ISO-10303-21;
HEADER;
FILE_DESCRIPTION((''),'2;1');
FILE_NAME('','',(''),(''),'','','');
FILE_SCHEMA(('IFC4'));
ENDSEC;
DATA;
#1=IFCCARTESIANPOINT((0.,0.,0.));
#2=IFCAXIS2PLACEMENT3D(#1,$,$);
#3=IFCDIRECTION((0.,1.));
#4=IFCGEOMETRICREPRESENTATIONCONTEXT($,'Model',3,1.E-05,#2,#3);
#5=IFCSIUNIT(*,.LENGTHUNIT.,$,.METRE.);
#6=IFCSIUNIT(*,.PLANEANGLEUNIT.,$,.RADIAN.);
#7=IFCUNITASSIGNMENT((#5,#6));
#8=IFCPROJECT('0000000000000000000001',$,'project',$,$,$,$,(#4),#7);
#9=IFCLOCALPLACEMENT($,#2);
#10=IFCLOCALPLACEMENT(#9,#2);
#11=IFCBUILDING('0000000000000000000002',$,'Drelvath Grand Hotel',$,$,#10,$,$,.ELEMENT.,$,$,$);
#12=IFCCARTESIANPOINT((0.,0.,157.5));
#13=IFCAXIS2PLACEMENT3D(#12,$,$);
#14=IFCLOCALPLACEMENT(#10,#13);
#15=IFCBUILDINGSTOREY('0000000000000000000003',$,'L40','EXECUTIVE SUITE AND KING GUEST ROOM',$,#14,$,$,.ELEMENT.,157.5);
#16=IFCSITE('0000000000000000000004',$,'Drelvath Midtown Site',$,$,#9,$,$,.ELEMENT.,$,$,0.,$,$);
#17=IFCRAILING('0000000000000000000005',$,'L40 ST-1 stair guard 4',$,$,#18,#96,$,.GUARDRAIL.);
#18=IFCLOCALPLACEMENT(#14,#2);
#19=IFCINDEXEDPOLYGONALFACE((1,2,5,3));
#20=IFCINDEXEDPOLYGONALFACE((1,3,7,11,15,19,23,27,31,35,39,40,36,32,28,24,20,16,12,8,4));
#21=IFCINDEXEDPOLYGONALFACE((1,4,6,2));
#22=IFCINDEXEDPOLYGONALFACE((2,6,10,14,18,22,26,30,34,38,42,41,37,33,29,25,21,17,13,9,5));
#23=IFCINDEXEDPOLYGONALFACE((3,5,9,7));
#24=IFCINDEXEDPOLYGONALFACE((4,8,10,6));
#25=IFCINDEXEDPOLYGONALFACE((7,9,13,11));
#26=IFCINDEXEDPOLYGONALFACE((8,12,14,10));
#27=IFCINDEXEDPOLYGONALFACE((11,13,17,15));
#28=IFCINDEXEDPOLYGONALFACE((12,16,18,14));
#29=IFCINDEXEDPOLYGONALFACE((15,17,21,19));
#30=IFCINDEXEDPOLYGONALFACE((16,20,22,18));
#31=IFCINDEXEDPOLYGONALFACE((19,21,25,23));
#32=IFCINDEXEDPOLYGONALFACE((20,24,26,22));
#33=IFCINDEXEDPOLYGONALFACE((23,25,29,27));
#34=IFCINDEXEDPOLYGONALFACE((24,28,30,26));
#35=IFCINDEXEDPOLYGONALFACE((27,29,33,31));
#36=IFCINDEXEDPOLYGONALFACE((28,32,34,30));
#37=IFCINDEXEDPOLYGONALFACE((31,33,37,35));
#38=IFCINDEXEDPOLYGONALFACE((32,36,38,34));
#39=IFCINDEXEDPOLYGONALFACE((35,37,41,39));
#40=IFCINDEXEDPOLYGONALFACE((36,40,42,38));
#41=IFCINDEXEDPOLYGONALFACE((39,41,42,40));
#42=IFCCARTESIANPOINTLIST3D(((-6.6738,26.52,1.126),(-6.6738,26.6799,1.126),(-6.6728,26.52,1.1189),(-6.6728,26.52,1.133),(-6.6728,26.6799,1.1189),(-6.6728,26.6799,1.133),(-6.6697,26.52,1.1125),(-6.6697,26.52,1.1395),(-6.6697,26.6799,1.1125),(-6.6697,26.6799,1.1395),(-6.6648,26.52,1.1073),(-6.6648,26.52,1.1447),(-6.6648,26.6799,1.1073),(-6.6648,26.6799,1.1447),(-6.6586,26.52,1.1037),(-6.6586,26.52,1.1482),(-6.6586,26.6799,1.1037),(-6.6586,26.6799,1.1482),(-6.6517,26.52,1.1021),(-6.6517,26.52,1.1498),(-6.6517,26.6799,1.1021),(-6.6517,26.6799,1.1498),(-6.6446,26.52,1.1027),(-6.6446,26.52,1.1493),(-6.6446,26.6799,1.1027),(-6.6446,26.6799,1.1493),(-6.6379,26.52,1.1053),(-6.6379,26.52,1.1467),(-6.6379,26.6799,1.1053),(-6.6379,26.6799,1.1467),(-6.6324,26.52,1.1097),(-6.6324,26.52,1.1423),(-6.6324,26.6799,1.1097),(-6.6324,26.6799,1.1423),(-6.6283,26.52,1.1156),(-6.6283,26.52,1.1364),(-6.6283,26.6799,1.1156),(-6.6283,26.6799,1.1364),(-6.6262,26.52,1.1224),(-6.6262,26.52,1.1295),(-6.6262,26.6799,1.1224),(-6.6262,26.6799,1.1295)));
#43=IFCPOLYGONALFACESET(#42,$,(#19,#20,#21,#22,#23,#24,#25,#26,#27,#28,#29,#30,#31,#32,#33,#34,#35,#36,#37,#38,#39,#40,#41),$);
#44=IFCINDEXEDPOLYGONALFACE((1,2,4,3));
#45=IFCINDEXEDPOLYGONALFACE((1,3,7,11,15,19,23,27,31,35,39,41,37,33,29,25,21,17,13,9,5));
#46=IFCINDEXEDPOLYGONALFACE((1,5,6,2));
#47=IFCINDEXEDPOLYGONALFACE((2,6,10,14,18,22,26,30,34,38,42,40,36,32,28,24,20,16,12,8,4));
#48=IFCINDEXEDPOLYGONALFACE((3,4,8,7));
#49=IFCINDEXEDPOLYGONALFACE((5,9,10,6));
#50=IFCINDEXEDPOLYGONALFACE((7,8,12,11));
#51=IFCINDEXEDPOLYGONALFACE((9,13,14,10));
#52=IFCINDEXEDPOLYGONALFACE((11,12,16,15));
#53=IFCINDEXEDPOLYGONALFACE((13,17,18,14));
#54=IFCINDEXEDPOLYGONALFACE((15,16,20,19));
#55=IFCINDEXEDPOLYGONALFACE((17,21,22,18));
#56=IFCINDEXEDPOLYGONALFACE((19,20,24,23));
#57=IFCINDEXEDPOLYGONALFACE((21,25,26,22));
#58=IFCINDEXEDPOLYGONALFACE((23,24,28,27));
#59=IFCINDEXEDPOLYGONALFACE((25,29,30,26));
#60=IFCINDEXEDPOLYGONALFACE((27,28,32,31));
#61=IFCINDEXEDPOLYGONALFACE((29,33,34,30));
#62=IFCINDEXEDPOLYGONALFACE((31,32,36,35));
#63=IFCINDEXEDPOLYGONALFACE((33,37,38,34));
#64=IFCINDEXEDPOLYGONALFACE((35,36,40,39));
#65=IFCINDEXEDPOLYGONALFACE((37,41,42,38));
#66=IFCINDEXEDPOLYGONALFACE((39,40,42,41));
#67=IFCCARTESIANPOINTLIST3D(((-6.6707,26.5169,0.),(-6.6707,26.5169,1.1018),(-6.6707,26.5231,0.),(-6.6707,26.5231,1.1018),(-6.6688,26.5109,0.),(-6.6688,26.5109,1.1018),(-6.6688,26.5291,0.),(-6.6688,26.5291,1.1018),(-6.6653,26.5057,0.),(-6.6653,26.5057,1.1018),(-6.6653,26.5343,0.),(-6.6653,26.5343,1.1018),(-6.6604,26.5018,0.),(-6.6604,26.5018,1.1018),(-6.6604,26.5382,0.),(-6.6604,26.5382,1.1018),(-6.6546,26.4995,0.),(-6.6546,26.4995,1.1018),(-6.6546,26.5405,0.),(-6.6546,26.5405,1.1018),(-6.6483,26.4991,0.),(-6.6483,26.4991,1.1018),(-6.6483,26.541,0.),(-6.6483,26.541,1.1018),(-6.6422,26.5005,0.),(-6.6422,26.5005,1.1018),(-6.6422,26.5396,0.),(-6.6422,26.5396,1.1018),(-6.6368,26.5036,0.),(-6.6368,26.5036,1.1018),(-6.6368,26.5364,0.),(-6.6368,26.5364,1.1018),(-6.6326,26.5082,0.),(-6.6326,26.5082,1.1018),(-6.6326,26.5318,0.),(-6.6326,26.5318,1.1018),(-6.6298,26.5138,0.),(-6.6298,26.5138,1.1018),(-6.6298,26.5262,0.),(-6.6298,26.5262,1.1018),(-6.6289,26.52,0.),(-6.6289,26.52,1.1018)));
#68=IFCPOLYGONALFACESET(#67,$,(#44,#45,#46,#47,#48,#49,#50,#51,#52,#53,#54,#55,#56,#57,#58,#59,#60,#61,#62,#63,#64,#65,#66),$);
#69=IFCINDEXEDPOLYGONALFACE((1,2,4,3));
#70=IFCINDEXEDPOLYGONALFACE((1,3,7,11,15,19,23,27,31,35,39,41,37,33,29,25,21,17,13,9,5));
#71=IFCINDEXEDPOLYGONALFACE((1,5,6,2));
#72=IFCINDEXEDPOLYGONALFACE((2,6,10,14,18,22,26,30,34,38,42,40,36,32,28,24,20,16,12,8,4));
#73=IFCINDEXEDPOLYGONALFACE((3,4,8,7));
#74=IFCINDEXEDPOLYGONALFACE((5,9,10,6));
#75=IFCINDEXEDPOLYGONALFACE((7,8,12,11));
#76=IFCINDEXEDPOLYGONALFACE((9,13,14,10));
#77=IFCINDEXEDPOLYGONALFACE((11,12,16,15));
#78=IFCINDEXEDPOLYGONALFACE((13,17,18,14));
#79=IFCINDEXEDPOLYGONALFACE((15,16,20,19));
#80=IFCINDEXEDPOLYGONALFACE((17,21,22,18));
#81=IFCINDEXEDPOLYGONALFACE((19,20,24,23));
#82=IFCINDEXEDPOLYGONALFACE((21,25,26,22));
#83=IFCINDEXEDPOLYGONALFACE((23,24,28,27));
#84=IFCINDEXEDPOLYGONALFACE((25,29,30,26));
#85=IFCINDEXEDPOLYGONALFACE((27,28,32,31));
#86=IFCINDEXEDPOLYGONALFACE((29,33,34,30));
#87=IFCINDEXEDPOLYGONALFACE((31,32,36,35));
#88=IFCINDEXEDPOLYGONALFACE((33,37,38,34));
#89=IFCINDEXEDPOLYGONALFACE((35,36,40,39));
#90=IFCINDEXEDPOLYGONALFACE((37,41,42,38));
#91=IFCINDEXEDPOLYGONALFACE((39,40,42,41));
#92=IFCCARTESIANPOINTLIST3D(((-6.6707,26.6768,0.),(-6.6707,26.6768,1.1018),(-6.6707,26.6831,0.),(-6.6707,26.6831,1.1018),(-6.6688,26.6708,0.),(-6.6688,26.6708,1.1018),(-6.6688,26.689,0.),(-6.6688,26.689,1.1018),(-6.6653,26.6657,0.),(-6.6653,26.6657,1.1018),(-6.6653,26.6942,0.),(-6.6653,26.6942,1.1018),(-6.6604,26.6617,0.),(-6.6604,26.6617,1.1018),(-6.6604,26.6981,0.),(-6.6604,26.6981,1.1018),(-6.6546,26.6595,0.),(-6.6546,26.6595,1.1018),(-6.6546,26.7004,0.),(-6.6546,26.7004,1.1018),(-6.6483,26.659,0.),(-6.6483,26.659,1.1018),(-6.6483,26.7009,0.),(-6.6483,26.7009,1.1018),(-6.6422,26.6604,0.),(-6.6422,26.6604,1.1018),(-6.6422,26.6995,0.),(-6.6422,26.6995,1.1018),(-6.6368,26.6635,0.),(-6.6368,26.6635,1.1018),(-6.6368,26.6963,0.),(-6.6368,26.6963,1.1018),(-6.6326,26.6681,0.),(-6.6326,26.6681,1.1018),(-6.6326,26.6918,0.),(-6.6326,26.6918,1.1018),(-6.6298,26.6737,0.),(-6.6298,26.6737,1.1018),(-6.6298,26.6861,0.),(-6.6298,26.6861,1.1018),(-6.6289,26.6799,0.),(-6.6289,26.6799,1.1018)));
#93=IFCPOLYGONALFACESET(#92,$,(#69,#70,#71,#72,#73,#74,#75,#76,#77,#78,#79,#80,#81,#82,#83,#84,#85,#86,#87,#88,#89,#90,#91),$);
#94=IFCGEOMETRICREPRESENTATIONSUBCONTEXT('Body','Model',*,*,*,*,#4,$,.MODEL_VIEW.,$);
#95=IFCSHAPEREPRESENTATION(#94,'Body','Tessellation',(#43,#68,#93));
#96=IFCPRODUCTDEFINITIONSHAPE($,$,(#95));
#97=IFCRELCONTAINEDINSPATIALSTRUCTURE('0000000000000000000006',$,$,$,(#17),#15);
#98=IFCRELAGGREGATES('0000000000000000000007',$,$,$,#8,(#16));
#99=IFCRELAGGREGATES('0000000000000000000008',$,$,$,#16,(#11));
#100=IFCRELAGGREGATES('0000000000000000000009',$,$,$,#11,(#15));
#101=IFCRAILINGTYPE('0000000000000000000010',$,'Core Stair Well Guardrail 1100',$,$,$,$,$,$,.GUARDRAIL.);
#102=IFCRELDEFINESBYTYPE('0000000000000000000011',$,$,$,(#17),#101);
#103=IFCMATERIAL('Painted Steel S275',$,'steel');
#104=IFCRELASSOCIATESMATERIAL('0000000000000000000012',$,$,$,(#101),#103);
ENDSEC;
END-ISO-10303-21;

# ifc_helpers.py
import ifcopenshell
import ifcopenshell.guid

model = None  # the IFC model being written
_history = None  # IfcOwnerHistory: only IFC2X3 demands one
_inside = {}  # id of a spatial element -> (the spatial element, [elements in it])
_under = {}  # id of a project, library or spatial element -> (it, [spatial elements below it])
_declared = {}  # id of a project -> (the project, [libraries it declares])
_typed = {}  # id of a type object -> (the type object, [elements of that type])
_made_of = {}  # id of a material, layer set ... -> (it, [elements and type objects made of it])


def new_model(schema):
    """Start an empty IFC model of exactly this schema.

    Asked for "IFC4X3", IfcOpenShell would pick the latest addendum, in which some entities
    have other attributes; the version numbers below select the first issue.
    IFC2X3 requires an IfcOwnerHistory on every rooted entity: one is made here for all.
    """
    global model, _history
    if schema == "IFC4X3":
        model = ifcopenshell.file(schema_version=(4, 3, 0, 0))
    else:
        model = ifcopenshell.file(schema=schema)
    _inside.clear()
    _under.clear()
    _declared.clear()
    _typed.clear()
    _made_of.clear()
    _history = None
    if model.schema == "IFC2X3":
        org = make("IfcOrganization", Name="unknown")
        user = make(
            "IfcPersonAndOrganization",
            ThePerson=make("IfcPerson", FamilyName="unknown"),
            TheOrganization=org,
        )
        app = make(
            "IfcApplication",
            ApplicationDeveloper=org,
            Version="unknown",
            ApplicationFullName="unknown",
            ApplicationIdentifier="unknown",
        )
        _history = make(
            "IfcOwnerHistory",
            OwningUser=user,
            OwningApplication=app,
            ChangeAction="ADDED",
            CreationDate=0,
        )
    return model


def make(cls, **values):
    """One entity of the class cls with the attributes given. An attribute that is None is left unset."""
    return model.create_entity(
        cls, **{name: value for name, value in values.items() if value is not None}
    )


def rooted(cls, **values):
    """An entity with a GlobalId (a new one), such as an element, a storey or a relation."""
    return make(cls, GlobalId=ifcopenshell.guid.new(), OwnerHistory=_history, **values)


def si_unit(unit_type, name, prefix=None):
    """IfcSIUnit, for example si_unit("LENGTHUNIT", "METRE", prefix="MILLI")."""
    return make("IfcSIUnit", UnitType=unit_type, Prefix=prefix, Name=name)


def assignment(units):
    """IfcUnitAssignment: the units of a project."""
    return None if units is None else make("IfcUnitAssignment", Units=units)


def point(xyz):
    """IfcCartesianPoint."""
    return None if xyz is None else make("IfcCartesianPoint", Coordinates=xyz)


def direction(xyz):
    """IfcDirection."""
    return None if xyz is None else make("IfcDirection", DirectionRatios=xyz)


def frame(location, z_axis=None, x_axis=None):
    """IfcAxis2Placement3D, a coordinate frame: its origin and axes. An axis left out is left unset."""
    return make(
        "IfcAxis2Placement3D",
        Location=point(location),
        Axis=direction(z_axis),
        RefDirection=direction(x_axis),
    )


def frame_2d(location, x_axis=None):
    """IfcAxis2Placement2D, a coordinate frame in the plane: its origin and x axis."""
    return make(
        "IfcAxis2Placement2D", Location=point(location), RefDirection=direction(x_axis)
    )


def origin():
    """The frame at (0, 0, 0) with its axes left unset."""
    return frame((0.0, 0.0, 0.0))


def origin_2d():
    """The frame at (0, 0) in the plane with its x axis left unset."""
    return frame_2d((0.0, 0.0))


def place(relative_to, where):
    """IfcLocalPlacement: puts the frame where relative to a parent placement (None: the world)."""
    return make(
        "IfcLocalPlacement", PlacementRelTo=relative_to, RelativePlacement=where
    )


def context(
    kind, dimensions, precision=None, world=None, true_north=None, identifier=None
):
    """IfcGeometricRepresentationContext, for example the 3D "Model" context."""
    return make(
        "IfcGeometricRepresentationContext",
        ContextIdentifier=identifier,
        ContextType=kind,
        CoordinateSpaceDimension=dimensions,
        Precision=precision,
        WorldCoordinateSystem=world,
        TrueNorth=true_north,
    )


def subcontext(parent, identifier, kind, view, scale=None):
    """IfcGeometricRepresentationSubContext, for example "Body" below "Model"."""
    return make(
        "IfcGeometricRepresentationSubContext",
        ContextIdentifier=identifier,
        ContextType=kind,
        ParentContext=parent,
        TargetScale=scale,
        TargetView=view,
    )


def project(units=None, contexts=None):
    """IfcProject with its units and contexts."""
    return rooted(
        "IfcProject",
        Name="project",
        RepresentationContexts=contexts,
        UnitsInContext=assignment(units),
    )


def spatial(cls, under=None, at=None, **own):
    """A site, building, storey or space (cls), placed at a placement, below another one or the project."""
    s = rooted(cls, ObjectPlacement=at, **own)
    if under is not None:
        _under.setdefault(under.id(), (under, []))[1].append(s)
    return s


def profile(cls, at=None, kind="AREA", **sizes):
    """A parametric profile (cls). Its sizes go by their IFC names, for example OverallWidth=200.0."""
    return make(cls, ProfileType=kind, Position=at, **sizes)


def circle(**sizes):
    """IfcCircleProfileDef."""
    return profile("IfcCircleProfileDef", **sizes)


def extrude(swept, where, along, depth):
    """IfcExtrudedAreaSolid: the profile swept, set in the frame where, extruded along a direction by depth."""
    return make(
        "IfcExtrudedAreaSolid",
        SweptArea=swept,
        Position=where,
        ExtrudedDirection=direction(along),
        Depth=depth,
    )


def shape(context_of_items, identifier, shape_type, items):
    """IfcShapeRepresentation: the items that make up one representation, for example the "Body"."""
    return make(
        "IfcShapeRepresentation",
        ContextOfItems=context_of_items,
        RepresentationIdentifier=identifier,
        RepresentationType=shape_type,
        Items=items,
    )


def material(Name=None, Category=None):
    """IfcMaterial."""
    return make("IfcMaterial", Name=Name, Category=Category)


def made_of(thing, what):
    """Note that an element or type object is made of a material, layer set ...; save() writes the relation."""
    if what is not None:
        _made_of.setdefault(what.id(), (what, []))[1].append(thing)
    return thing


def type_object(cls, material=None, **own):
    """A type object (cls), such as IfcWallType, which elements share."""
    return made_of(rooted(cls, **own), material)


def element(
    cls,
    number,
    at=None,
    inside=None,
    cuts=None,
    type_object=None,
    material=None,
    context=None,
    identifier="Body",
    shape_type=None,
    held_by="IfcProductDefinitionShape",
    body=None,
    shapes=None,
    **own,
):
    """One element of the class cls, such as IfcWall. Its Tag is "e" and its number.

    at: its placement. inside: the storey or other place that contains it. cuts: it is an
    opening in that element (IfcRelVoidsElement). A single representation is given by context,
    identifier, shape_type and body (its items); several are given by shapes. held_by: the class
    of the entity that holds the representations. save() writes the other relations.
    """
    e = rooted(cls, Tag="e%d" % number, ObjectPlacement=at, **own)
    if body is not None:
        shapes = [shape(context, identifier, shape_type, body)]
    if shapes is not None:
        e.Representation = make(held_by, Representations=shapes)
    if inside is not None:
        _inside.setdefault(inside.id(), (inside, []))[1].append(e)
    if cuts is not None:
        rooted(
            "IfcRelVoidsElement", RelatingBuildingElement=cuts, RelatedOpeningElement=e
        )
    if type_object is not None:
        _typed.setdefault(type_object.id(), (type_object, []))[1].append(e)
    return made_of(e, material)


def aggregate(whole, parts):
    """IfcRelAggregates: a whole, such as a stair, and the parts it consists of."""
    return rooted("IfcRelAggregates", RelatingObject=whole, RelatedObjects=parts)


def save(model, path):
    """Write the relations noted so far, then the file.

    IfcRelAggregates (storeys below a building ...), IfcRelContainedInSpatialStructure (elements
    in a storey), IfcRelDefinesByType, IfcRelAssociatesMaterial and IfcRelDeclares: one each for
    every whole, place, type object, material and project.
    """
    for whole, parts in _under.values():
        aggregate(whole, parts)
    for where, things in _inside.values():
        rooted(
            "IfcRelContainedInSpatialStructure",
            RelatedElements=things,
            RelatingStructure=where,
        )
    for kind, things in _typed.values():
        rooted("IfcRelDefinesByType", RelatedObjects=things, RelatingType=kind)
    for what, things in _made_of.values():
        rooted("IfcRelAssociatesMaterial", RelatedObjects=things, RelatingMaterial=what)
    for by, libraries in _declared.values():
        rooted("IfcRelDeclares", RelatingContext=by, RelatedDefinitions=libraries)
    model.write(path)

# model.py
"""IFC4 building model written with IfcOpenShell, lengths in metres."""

from ifc_helpers import new_model, si_unit, direction, frame, origin, origin_2d, place, context, subcontext, project, spatial, circle, extrude, material, type_object, element, save


model = new_model("IFC4")

# Units and contexts
model_context = context("Model", 3, precision=1e-05, world=origin(), true_north=direction((0.0, 1.0)))
body_context = subcontext(model_context, "Body", "Model", "MODEL_VIEW")
ifc_project = project(units=[si_unit("LENGTHUNIT", "METRE"), si_unit("PLANEANGLEUNIT", "RADIAN")], contexts=[model_context])

# Site, building, storey
site_placement = place(None, origin())
site = spatial("IfcSite", under=ifc_project, at=site_placement, Name="Drelvath Midtown Site", CompositionType="ELEMENT", RefElevation=0.0)
building_placement = place(site_placement, origin())
building = spatial("IfcBuilding", under=site, at=building_placement, Name="Drelvath Grand Hotel", CompositionType="ELEMENT")
storey_placement = place(building_placement, frame((0.0, 0.0, 157.5)))
storey = spatial("IfcBuildingStorey", under=building, at=storey_placement, Name="L40", Description="EXECUTIVE SUITE AND KING GUEST ROOM", CompositionType="ELEMENT", Elevation=157.5)

# Shared definitions
ifc_material_1 = material(Name="Painted Steel S275", Category="steel")

# Railing
railing_type_1 = type_object("IfcRailingType", Name="Core Stair Well Guardrail 1100", PredefinedType="GUARDRAIL", material=ifc_material_1)
railing_1_placement = place(storey_placement, frame((-6.6499, 26.52, 0.0)))
element("IfcRailing", 1, at=railing_1_placement, inside=storey, type_object=railing_type_1, Name="L40 ST-1 stair guard 4", PredefinedType="GUARDRAIL", context=body_context, shape_type="SweptSolid", body=[
    extrude(circle(Radius=0.0239, at=origin_2d()), frame((0.0, 0.0, 1.126), z_axis=(0.0, 1.0, 0.0), x_axis=(-1.0, 0.0, 0.0)), (0.0, 0.0, 1.0), 0.1599),
    extrude(circle(Radius=0.021, at=origin_2d()), origin(), (0.0, 0.0, 1.0), 1.1018),
    extrude(circle(Radius=0.021, at=origin_2d()), frame((0.0, 0.1599, 0.0)), (0.0, 0.0, 1.0), 1.1018),
])

save(model, "model.ifc")
